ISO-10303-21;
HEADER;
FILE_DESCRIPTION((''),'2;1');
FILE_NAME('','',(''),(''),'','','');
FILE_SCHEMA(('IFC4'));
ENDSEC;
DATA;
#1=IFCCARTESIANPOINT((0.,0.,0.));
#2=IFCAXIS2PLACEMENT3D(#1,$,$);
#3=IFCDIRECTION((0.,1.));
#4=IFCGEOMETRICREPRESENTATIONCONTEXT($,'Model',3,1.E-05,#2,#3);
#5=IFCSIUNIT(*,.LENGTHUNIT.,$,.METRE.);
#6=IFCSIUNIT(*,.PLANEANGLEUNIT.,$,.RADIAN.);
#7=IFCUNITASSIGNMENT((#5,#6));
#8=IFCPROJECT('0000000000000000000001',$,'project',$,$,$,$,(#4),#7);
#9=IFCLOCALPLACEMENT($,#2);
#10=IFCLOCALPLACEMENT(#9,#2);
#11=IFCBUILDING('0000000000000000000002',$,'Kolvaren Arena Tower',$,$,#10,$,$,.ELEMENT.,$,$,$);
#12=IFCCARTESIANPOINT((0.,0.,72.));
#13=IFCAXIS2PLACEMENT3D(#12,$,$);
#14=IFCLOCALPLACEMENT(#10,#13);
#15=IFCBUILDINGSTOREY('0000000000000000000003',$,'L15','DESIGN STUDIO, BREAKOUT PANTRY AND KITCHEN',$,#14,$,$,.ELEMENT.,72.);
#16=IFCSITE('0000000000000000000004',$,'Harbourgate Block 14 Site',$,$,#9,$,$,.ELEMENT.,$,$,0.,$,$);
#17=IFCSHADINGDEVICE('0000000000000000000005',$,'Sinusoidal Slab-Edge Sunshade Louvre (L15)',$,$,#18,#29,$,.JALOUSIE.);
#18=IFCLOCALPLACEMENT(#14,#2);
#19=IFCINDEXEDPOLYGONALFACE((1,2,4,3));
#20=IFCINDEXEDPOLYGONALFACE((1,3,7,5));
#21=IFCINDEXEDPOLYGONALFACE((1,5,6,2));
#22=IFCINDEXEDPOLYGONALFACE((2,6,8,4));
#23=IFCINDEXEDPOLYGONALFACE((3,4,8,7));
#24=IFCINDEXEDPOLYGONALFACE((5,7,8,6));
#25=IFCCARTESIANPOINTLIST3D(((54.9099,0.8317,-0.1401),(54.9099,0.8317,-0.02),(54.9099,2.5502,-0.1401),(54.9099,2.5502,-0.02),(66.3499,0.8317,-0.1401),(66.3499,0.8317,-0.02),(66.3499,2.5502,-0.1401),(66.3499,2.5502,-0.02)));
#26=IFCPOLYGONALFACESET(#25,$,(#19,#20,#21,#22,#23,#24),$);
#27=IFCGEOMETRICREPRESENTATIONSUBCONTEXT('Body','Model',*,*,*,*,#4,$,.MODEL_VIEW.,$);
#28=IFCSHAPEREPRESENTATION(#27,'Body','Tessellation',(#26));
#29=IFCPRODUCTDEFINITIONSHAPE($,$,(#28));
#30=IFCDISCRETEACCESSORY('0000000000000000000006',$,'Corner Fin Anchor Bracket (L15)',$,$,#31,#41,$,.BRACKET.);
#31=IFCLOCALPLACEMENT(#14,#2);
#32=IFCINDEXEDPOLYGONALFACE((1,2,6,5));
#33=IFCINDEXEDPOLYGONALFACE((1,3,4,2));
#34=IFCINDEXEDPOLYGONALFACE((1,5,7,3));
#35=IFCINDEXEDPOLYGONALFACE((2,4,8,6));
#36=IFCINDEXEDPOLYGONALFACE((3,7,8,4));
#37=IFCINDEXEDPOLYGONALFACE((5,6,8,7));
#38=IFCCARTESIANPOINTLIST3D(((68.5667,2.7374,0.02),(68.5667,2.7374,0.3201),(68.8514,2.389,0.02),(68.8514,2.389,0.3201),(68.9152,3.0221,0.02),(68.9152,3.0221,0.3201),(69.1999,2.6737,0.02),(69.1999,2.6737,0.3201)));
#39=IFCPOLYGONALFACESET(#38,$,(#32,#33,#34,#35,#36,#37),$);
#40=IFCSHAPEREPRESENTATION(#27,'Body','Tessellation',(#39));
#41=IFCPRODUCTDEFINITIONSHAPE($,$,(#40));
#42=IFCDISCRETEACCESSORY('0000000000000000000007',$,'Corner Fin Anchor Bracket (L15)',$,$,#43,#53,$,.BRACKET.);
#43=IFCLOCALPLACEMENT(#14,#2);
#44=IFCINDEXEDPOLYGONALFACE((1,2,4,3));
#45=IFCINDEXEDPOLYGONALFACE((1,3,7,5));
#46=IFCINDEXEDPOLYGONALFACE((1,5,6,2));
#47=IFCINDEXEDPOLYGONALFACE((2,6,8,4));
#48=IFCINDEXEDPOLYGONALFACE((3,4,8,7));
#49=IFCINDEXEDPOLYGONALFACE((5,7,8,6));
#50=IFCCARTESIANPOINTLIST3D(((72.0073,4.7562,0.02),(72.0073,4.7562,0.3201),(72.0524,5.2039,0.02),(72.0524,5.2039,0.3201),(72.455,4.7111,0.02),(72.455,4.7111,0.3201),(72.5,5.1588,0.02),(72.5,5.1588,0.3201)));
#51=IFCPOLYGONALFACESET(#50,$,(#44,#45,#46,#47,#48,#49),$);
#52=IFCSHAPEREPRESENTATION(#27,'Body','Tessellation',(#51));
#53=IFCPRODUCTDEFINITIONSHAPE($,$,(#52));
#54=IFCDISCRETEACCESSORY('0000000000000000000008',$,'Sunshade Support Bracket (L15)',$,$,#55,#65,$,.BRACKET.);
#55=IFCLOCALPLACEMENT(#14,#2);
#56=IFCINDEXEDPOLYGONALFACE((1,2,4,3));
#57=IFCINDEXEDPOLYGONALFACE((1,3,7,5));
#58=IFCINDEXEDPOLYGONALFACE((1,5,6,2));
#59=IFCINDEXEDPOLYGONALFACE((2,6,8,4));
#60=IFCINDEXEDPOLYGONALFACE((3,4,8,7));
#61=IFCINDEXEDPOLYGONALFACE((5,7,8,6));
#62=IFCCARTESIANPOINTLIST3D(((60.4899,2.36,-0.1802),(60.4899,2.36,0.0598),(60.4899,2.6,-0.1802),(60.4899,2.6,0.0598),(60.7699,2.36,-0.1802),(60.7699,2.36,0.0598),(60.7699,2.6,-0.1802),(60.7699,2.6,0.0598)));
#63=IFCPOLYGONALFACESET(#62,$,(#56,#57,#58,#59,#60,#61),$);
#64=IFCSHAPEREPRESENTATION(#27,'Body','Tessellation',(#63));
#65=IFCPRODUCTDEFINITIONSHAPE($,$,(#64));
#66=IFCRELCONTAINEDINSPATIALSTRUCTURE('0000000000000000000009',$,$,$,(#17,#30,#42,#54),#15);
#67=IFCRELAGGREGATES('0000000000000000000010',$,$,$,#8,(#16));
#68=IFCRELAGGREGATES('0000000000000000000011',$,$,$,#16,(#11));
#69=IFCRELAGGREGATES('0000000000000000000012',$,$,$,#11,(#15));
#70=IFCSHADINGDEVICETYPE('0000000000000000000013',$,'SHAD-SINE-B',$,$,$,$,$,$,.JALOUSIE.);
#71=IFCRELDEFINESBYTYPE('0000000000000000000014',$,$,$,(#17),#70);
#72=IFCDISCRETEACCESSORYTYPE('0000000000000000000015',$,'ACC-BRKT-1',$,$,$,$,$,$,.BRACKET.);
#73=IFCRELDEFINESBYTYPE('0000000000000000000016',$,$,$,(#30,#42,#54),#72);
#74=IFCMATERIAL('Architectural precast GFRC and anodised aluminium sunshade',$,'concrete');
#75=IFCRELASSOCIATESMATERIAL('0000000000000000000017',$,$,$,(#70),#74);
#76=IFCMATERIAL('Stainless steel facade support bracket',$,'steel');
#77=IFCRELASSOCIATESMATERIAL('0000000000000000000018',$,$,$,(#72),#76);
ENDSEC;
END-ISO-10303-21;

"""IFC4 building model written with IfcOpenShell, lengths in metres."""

from ifc_helpers import new_model, si_unit, direction, frame, origin, origin_2d, place, context, subcontext, project, spatial, rectangle, extrude, material, type_object, element, save


model = new_model("IFC4")

# Units and contexts
model_context = context("Model", 3, precision=1e-05, world=origin(), true_north=direction((0.0, 1.0)))
body_context = subcontext(model_context, "Body", "Model", "MODEL_VIEW")
ifc_project = project(units=[si_unit("LENGTHUNIT", "METRE"), si_unit("PLANEANGLEUNIT", "RADIAN")], contexts=[model_context])

# Site, building, storey
site_placement = place(None, origin())
site = spatial("IfcSite", under=ifc_project, at=site_placement, Name="Harbourgate Block 14 Site", CompositionType="ELEMENT", RefElevation=0.0)
building_placement = place(site_placement, origin())
building = spatial("IfcBuilding", under=site, at=building_placement, Name="Kolvaren Arena Tower", CompositionType="ELEMENT")
storey_placement = place(building_placement, frame((0.0, 0.0, 72.0)))
storey = spatial("IfcBuildingStorey", under=building, at=storey_placement, Name="L15", Description="DESIGN STUDIO, BREAKOUT PANTRY AND KITCHEN", CompositionType="ELEMENT", Elevation=72.0)

# Shading device
ifc_material_1 = material(Name="Architectural precast GFRC and anodised aluminium sunshade", Category="concrete")
shading_device_type_1 = type_object("IfcShadingDeviceType", Name="SHAD-SINE-B", PredefinedType="JALOUSIE", material=ifc_material_1)
shading_device_placement = place(storey_placement, frame((60.6299, 1.6909, -0.1401), z_axis=(0.0, 0.0, 1.0), x_axis=(-1.0, 0.0, 0.0)))
element("IfcShadingDevice", 1, at=shading_device_placement, inside=storey, type_object=shading_device_type_1, Name="Sinusoidal Slab-Edge Sunshade Louvre (L15)", PredefinedType="JALOUSIE", context=body_context, shape_type="SweptSolid", body=[
    extrude(rectangle(XDim=11.4399, YDim=1.7185, at=origin_2d()), origin(), (0.0, 0.0, 1.0), 0.1201),
])

# Discrete accessories
ifc_material_2 = material(Name="Stainless steel facade support bracket", Category="steel")
discrete_accessory_type = type_object("IfcDiscreteAccessoryType", Name="ACC-BRKT-1", PredefinedType="BRACKET", material=ifc_material_2)
for number, where, z_axis, x_axis, name in (
    (2, (68.8833, 2.7056, 0.02), (0.0, 0.0, 1.0), (0.632723, -0.774378, 0.0), "Corner Fin Anchor Bracket (L15)"),
    (3, (72.2537, 4.9575, 0.02), (0.0, 0.0, 1.0), (0.994972, -0.100155, 0.0), "Corner Fin Anchor Bracket (L15)"),
):
    element("IfcDiscreteAccessory", number, at=place(storey_placement, frame(where, z_axis=z_axis, x_axis=x_axis)), inside=storey, type_object=discrete_accessory_type, Name=name, PredefinedType="BRACKET", context=body_context, shape_type="SweptSolid", body=[
        extrude(rectangle(XDim=0.45, YDim=0.45, at=origin_2d()), origin(), (0.0, 0.0, 1.0), 0.3),
    ])
discrete_accessory_placement = place(storey_placement, frame((60.6299, 2.48, -0.1802), z_axis=(0.0, 0.0, 1.0), x_axis=(-1.0, 0.0, 0.0)))
element("IfcDiscreteAccessory", 4, at=discrete_accessory_placement, inside=storey, type_object=discrete_accessory_type, Name="Sunshade Support Bracket (L15)", PredefinedType="BRACKET", context=body_context, shape_type="SweptSolid", body=[
    extrude(rectangle(XDim=0.28, YDim=0.24, at=origin_2d()), origin(), (0.0, 0.0, 1.0), 0.24),
])

save(model, "model.ifc")
